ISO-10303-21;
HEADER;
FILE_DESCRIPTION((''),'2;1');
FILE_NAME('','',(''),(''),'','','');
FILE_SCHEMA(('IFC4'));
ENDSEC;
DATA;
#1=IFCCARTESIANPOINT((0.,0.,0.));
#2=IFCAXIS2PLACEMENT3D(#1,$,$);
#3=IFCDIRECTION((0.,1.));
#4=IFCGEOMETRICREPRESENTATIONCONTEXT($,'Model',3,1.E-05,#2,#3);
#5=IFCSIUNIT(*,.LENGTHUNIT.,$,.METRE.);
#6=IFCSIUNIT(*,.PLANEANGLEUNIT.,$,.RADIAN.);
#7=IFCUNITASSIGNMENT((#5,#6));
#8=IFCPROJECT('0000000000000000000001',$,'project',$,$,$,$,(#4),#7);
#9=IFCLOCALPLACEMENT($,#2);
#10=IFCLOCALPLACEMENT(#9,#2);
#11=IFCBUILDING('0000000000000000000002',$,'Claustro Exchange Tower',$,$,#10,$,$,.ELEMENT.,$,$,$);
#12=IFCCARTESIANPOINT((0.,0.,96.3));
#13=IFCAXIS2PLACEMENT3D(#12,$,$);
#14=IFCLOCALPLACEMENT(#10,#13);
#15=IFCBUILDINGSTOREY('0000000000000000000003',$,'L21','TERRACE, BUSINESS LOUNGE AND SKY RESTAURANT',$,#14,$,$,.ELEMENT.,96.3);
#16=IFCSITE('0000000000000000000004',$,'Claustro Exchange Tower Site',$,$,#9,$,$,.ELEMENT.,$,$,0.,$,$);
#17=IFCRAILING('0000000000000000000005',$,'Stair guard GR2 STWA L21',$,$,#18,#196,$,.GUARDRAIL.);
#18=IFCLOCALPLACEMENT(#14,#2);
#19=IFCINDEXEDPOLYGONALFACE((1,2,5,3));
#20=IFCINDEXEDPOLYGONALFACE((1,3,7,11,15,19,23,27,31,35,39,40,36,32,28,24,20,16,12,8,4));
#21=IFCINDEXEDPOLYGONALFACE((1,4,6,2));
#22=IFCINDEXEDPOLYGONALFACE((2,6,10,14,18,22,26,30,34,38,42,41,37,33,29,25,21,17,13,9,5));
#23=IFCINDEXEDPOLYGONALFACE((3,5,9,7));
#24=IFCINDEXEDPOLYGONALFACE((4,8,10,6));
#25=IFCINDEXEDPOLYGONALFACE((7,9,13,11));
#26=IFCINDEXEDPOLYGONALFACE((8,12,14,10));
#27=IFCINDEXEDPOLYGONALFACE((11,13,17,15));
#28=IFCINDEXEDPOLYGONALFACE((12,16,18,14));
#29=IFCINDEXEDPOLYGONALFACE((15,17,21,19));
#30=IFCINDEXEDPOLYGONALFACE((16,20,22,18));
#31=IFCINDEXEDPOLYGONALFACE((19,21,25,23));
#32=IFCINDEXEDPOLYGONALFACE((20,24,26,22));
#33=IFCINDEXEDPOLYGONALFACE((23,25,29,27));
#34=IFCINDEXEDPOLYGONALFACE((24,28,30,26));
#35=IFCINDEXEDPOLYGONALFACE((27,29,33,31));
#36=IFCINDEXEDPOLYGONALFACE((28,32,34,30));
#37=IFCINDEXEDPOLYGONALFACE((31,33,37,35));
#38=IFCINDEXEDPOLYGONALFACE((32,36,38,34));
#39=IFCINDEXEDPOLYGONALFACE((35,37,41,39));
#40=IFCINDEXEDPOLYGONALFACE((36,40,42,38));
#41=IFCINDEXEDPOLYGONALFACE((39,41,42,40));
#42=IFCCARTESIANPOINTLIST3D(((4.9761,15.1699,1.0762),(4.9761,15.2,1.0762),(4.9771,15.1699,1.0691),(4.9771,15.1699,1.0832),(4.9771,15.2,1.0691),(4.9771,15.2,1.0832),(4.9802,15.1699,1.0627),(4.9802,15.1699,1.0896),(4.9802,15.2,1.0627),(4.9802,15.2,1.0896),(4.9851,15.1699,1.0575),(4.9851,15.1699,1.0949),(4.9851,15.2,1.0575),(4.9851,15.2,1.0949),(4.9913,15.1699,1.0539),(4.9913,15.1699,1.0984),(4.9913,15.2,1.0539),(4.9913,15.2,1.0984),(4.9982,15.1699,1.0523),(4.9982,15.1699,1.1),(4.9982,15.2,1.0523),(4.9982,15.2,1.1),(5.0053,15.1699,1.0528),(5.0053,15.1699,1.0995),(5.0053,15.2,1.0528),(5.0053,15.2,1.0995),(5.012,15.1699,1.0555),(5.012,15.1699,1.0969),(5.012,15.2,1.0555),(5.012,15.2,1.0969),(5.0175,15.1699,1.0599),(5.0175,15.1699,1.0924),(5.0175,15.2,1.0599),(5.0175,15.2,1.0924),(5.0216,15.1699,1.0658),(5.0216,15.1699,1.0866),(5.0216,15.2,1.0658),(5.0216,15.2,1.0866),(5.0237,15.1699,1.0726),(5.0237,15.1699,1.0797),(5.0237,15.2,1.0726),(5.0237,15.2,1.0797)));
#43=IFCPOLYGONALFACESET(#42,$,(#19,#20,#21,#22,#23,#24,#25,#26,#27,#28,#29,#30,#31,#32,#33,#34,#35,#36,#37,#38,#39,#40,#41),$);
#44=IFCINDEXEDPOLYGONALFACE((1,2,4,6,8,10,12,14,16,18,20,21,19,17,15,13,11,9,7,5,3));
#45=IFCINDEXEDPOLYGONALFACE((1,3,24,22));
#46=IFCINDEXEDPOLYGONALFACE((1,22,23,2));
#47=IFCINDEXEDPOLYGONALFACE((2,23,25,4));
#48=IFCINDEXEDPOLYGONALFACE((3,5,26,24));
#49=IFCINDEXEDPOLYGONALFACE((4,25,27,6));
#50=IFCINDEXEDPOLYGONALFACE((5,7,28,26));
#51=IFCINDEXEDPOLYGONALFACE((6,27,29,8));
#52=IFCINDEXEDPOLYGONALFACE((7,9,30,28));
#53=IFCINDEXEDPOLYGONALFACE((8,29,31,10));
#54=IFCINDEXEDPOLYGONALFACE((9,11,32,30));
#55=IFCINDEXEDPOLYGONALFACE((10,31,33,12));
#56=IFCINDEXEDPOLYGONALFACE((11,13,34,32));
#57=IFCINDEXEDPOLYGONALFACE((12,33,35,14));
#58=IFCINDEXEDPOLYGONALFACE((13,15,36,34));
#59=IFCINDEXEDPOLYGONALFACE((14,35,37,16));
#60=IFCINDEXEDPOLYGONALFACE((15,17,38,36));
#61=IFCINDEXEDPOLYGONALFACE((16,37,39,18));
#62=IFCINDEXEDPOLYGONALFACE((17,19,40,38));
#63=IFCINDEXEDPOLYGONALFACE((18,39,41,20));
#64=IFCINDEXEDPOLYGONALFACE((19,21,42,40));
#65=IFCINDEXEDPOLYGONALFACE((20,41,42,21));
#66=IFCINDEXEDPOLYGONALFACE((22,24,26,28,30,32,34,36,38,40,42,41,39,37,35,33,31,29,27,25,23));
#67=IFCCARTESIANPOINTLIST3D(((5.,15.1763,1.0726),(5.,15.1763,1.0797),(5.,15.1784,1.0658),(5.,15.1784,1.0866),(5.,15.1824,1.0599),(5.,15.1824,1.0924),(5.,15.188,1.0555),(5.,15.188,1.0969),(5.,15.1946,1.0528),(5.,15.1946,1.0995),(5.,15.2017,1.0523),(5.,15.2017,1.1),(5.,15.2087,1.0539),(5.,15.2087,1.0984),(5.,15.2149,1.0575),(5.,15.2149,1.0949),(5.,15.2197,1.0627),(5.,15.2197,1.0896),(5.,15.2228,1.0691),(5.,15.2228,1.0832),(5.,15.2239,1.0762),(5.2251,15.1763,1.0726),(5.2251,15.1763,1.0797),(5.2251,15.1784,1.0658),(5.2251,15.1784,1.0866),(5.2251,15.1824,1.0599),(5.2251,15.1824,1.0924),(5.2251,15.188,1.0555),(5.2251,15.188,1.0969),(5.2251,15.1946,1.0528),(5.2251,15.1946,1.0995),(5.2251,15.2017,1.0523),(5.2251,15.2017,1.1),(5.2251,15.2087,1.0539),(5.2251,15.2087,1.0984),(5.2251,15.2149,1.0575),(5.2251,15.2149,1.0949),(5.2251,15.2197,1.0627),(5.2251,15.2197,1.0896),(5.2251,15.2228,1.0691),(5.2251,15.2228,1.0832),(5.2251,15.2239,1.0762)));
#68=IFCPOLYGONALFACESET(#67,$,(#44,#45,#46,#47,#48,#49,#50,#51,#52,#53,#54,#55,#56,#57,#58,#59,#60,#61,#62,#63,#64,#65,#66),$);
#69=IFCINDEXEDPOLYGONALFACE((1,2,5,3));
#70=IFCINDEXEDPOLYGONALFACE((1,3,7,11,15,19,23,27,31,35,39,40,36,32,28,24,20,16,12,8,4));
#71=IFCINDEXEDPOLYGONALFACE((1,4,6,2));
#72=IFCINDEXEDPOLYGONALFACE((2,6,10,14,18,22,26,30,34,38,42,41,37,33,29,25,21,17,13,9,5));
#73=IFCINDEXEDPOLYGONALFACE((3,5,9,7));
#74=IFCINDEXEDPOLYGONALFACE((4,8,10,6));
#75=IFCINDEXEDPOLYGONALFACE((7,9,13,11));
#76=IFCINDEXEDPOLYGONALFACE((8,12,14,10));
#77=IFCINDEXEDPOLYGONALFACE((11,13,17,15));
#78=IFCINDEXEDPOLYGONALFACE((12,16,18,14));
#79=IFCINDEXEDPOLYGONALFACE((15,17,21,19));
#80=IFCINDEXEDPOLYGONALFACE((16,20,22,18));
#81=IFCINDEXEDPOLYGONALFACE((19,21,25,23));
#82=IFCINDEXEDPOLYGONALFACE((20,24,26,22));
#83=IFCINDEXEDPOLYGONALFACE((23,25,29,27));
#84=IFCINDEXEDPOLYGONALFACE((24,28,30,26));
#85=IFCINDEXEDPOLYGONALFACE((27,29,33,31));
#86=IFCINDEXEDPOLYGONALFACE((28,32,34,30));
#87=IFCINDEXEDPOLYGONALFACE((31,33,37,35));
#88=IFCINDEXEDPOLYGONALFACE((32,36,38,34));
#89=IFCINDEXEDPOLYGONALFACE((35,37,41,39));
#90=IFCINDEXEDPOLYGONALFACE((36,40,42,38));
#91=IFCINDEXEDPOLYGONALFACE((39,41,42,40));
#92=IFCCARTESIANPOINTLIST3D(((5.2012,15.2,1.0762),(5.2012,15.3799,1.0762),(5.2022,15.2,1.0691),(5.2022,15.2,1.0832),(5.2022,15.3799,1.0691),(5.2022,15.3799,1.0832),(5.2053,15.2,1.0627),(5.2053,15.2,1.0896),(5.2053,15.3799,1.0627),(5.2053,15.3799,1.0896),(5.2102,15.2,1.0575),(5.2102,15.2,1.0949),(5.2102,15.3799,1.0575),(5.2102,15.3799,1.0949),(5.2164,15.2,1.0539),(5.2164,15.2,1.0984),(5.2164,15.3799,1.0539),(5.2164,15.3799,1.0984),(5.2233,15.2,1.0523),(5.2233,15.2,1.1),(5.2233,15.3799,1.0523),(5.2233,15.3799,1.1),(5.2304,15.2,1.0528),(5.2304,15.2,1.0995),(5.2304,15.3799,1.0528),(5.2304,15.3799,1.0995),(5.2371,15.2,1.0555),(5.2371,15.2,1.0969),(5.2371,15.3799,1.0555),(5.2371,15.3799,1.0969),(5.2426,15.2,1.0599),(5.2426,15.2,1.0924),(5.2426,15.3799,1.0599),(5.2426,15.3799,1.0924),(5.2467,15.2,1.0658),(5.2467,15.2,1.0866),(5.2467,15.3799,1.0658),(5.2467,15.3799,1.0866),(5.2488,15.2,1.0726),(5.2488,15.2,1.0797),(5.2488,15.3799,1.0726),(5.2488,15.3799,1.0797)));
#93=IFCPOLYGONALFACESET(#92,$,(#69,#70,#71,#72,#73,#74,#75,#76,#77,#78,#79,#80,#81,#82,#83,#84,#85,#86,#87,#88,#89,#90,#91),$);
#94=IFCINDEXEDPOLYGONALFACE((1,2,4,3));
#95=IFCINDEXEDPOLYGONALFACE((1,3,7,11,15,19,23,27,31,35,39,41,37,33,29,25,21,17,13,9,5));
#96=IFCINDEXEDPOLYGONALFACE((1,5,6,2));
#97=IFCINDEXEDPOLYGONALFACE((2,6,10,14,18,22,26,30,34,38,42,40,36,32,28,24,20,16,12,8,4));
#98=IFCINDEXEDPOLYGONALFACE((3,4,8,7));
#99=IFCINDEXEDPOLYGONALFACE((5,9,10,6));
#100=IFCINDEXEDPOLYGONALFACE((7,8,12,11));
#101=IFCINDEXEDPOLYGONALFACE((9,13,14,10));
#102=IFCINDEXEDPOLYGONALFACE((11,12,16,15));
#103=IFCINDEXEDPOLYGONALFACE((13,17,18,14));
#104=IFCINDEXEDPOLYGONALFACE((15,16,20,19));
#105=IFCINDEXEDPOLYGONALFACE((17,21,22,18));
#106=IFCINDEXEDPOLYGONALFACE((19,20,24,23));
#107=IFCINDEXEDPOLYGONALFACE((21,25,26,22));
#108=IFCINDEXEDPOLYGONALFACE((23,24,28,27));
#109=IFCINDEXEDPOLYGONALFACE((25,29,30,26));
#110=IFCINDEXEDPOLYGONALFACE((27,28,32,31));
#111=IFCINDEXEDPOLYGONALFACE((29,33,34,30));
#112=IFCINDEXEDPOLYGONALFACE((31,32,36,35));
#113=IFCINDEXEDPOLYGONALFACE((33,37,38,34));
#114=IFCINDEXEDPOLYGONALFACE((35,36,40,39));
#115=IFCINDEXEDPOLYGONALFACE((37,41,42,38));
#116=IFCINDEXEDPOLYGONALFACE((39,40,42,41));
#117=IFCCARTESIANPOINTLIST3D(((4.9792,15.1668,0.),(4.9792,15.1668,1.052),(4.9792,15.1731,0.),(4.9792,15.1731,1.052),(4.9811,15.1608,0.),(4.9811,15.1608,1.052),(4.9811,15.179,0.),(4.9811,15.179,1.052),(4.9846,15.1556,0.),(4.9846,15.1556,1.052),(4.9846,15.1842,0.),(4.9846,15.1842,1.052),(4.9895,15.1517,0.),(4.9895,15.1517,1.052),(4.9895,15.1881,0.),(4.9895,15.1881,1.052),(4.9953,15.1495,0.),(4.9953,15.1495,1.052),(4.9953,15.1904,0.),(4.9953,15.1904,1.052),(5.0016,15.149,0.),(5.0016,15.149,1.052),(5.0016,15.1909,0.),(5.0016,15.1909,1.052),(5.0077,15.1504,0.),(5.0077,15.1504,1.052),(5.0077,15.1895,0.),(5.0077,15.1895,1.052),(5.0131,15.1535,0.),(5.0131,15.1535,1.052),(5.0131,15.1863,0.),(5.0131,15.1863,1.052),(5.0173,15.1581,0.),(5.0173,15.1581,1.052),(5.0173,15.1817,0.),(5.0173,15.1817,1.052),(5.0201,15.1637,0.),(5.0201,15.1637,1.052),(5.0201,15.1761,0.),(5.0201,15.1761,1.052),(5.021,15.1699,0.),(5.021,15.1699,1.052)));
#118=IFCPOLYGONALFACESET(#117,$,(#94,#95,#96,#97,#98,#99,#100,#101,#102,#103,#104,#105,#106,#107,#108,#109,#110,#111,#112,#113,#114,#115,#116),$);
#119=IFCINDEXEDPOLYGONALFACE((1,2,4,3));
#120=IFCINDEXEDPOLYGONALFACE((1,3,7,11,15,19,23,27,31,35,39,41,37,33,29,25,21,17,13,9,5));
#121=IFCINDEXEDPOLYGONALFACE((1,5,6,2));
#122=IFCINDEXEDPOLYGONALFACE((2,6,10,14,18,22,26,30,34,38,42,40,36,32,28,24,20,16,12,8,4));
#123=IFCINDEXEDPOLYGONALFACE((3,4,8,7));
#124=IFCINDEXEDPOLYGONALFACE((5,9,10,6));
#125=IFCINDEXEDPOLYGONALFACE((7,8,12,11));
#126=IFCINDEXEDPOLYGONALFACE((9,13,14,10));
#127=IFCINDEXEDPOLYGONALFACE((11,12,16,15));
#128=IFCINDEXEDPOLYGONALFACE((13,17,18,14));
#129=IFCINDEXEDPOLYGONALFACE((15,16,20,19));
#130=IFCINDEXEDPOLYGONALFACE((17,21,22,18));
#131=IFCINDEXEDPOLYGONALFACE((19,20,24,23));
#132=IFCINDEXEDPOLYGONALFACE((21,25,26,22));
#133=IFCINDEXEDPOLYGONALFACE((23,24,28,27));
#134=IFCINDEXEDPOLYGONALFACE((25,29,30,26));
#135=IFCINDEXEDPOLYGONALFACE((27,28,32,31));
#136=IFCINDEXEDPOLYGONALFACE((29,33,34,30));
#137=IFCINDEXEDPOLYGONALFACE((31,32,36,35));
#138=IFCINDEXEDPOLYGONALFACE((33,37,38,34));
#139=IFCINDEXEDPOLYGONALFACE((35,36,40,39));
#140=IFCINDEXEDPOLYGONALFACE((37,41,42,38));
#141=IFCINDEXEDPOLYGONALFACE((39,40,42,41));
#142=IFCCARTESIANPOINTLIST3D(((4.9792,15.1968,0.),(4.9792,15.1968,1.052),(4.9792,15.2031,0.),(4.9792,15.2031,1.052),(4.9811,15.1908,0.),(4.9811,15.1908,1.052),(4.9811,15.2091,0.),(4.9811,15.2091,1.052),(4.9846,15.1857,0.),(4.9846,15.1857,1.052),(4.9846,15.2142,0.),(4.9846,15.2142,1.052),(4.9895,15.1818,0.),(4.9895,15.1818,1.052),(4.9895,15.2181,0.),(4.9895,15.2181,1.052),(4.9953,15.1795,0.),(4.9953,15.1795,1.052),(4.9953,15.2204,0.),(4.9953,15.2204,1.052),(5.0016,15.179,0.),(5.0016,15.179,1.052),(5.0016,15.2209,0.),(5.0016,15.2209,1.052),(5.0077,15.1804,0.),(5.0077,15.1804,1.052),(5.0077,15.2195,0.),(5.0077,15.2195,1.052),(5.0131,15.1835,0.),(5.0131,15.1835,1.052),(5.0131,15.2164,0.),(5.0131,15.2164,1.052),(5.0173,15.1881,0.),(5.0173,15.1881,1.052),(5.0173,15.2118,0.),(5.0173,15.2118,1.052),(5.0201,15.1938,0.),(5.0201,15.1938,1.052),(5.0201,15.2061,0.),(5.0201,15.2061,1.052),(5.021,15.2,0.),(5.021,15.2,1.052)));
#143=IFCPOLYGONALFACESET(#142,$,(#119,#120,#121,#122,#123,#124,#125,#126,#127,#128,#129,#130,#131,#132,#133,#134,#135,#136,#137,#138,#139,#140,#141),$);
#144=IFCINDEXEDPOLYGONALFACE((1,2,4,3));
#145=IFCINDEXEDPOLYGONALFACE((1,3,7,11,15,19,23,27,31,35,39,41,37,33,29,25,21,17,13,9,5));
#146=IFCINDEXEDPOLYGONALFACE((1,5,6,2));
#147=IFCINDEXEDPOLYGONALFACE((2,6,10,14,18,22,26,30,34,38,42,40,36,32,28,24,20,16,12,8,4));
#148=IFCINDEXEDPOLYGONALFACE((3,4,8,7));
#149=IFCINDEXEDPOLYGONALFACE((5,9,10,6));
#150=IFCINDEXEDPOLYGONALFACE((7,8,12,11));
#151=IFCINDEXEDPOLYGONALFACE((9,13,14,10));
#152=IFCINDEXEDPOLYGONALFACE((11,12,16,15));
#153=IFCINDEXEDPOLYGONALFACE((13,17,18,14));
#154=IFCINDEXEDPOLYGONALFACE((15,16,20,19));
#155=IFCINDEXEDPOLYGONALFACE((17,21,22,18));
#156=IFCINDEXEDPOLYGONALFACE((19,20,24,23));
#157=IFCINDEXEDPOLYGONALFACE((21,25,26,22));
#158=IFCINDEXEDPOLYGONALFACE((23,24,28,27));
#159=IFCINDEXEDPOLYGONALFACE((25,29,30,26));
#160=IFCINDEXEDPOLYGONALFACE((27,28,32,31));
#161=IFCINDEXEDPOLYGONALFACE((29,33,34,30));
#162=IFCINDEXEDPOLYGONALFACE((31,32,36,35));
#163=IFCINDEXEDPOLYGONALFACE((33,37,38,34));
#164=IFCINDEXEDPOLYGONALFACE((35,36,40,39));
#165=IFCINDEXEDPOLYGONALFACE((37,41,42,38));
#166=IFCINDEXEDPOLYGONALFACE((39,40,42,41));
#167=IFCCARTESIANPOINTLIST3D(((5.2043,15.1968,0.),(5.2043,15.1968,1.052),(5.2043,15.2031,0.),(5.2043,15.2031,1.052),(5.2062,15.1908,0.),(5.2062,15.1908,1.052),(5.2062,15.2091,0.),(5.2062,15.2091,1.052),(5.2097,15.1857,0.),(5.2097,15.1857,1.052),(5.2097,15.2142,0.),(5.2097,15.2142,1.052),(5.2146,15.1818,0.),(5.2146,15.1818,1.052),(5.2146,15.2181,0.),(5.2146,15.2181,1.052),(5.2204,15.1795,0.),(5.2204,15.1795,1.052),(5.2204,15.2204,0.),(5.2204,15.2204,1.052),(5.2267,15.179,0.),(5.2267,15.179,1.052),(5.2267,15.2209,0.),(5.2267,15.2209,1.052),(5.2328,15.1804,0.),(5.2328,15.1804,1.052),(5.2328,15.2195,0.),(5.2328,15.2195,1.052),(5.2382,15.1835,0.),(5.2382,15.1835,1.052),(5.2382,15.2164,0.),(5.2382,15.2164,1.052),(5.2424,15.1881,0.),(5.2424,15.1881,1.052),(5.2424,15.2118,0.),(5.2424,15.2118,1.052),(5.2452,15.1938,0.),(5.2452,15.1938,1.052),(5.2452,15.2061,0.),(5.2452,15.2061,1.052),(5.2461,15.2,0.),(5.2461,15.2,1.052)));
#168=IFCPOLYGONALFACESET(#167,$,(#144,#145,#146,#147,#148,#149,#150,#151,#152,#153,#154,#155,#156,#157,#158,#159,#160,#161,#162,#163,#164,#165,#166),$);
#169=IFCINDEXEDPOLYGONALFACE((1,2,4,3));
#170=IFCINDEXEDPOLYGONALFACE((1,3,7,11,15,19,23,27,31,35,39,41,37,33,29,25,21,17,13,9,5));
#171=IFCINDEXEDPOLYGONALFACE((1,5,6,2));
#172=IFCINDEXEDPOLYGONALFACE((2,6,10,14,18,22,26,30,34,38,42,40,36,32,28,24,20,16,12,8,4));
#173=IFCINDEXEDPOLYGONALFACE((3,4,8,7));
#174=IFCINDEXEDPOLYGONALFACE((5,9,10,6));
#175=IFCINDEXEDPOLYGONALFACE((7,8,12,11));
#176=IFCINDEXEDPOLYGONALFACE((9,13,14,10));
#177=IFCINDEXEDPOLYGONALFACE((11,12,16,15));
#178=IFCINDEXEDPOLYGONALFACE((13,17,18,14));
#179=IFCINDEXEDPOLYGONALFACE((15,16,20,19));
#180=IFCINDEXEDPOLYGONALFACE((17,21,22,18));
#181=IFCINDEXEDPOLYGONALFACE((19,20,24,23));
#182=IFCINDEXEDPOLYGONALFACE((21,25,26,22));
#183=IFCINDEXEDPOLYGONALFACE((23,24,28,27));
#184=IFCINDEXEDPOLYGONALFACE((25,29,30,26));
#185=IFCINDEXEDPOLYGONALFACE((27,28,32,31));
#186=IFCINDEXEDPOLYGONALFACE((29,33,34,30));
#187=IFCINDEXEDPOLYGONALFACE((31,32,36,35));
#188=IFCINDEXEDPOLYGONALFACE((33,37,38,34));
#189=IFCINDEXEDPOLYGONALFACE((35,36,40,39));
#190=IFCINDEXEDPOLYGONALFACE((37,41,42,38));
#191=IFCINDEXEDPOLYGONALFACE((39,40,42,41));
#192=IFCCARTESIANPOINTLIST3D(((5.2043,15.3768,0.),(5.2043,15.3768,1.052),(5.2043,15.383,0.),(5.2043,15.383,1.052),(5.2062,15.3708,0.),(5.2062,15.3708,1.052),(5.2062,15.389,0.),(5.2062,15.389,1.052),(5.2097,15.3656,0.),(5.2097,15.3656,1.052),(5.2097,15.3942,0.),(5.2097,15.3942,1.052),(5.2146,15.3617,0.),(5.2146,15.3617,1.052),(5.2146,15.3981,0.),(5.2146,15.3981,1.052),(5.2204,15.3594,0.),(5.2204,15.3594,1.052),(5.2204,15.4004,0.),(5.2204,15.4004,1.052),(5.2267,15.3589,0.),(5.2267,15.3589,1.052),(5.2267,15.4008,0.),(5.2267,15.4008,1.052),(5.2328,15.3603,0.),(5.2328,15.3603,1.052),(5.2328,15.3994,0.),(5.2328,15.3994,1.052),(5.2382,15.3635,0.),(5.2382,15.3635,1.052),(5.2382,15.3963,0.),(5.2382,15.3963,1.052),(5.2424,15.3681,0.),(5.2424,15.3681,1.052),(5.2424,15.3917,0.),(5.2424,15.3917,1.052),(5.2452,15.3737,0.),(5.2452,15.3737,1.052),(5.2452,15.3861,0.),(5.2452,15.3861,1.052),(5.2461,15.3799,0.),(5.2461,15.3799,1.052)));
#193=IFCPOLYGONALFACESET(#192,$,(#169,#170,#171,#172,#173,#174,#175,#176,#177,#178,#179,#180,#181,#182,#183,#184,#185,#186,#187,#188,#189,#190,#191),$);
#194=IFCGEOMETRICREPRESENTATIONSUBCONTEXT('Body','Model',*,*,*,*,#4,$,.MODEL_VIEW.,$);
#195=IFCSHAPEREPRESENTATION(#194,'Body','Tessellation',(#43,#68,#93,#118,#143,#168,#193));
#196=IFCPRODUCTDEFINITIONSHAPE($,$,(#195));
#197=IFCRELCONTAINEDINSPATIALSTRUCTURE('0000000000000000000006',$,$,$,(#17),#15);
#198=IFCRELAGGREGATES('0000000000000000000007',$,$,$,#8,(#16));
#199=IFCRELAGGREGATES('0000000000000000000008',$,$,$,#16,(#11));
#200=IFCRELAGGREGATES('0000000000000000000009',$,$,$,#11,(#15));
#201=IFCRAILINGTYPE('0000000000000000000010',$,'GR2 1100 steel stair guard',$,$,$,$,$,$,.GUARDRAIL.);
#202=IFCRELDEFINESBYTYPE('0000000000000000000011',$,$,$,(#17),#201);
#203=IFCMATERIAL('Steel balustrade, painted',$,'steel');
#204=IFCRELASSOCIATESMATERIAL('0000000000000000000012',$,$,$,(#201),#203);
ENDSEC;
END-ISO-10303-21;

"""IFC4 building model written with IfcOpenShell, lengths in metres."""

from ifc_helpers import new_model, si_unit, direction, frame, origin, origin_2d, place, context, subcontext, project, spatial, circle, extrude, material, type_object, element, save


model = new_model("IFC4")

# Units and contexts
model_context = context("Model", 3, precision=1e-05, world=origin(), true_north=direction((0.0, 1.0)))
body_context = subcontext(model_context, "Body", "Model", "MODEL_VIEW")
ifc_project = project(units=[si_unit("LENGTHUNIT", "METRE"), si_unit("PLANEANGLEUNIT", "RADIAN")], contexts=[model_context])

# Site, building, storey
site_placement = place(None, origin())
site = spatial("IfcSite", under=ifc_project, at=site_placement, Name="Claustro Exchange Tower Site", CompositionType="ELEMENT", RefElevation=0.0)
building_placement = place(site_placement, origin())
building = spatial("IfcBuilding", under=site, at=building_placement, Name="Claustro Exchange Tower", CompositionType="ELEMENT")
storey_placement = place(building_placement, frame((0.0, 0.0, 96.3)))
storey = spatial("IfcBuildingStorey", under=building, at=storey_placement, Name="L21", Description="TERRACE, BUSINESS LOUNGE AND SKY RESTAURANT", CompositionType="ELEMENT", Elevation=96.3)

# Railing
ifc_material_1 = material(Name="Steel balustrade, painted", Category="steel")
railing_type_1 = type_object("IfcRailingType", Name="GR2 1100 steel stair guard", PredefinedType="GUARDRAIL", material=ifc_material_1)
railing_1_placement = place(storey_placement, frame((5.0, 15.1699, 0.0)))
element("IfcRailing", 1, at=railing_1_placement, inside=storey, type_object=railing_type_1, Name="Stair guard GR2 STWA L21", PredefinedType="GUARDRAIL", context=body_context, shape_type="SweptSolid", body=[
    extrude(circle(Radius=0.0239, at=origin_2d()), frame((0.0, 0.0, 1.0762), z_axis=(0.0, 1.0, 0.0), x_axis=(-1.0, 0.0, 0.0)), (0.0, 0.0, 1.0), 0.03),
    extrude(circle(Radius=0.0239, at=origin_2d()), frame((0.0, 0.03, 1.0762), z_axis=(1.0, 0.0, 0.0), x_axis=(0.0, 1.0, 0.0)), (0.0, 0.0, 1.0), 0.2251),
    extrude(circle(Radius=0.0239, at=origin_2d()), frame((0.2251, 0.03, 1.0762), z_axis=(0.0, 1.0, 0.0), x_axis=(-1.0, 0.0, 0.0)), (0.0, 0.0, 1.0), 0.1799),
    extrude(circle(Radius=0.021, at=origin_2d()), origin(), (0.0, 0.0, 1.0), 1.052),
    extrude(circle(Radius=0.021, at=origin_2d()), frame((0.0, 0.03, 0.0)), (0.0, 0.0, 1.0), 1.052),
    extrude(circle(Radius=0.021, at=origin_2d()), frame((0.2251, 0.03, 0.0)), (0.0, 0.0, 1.0), 1.052),
    extrude(circle(Radius=0.021, at=origin_2d()), frame((0.2251, 0.21, 0.0)), (0.0, 0.0, 1.0), 1.052),
])

save(model, "model.ifc")
